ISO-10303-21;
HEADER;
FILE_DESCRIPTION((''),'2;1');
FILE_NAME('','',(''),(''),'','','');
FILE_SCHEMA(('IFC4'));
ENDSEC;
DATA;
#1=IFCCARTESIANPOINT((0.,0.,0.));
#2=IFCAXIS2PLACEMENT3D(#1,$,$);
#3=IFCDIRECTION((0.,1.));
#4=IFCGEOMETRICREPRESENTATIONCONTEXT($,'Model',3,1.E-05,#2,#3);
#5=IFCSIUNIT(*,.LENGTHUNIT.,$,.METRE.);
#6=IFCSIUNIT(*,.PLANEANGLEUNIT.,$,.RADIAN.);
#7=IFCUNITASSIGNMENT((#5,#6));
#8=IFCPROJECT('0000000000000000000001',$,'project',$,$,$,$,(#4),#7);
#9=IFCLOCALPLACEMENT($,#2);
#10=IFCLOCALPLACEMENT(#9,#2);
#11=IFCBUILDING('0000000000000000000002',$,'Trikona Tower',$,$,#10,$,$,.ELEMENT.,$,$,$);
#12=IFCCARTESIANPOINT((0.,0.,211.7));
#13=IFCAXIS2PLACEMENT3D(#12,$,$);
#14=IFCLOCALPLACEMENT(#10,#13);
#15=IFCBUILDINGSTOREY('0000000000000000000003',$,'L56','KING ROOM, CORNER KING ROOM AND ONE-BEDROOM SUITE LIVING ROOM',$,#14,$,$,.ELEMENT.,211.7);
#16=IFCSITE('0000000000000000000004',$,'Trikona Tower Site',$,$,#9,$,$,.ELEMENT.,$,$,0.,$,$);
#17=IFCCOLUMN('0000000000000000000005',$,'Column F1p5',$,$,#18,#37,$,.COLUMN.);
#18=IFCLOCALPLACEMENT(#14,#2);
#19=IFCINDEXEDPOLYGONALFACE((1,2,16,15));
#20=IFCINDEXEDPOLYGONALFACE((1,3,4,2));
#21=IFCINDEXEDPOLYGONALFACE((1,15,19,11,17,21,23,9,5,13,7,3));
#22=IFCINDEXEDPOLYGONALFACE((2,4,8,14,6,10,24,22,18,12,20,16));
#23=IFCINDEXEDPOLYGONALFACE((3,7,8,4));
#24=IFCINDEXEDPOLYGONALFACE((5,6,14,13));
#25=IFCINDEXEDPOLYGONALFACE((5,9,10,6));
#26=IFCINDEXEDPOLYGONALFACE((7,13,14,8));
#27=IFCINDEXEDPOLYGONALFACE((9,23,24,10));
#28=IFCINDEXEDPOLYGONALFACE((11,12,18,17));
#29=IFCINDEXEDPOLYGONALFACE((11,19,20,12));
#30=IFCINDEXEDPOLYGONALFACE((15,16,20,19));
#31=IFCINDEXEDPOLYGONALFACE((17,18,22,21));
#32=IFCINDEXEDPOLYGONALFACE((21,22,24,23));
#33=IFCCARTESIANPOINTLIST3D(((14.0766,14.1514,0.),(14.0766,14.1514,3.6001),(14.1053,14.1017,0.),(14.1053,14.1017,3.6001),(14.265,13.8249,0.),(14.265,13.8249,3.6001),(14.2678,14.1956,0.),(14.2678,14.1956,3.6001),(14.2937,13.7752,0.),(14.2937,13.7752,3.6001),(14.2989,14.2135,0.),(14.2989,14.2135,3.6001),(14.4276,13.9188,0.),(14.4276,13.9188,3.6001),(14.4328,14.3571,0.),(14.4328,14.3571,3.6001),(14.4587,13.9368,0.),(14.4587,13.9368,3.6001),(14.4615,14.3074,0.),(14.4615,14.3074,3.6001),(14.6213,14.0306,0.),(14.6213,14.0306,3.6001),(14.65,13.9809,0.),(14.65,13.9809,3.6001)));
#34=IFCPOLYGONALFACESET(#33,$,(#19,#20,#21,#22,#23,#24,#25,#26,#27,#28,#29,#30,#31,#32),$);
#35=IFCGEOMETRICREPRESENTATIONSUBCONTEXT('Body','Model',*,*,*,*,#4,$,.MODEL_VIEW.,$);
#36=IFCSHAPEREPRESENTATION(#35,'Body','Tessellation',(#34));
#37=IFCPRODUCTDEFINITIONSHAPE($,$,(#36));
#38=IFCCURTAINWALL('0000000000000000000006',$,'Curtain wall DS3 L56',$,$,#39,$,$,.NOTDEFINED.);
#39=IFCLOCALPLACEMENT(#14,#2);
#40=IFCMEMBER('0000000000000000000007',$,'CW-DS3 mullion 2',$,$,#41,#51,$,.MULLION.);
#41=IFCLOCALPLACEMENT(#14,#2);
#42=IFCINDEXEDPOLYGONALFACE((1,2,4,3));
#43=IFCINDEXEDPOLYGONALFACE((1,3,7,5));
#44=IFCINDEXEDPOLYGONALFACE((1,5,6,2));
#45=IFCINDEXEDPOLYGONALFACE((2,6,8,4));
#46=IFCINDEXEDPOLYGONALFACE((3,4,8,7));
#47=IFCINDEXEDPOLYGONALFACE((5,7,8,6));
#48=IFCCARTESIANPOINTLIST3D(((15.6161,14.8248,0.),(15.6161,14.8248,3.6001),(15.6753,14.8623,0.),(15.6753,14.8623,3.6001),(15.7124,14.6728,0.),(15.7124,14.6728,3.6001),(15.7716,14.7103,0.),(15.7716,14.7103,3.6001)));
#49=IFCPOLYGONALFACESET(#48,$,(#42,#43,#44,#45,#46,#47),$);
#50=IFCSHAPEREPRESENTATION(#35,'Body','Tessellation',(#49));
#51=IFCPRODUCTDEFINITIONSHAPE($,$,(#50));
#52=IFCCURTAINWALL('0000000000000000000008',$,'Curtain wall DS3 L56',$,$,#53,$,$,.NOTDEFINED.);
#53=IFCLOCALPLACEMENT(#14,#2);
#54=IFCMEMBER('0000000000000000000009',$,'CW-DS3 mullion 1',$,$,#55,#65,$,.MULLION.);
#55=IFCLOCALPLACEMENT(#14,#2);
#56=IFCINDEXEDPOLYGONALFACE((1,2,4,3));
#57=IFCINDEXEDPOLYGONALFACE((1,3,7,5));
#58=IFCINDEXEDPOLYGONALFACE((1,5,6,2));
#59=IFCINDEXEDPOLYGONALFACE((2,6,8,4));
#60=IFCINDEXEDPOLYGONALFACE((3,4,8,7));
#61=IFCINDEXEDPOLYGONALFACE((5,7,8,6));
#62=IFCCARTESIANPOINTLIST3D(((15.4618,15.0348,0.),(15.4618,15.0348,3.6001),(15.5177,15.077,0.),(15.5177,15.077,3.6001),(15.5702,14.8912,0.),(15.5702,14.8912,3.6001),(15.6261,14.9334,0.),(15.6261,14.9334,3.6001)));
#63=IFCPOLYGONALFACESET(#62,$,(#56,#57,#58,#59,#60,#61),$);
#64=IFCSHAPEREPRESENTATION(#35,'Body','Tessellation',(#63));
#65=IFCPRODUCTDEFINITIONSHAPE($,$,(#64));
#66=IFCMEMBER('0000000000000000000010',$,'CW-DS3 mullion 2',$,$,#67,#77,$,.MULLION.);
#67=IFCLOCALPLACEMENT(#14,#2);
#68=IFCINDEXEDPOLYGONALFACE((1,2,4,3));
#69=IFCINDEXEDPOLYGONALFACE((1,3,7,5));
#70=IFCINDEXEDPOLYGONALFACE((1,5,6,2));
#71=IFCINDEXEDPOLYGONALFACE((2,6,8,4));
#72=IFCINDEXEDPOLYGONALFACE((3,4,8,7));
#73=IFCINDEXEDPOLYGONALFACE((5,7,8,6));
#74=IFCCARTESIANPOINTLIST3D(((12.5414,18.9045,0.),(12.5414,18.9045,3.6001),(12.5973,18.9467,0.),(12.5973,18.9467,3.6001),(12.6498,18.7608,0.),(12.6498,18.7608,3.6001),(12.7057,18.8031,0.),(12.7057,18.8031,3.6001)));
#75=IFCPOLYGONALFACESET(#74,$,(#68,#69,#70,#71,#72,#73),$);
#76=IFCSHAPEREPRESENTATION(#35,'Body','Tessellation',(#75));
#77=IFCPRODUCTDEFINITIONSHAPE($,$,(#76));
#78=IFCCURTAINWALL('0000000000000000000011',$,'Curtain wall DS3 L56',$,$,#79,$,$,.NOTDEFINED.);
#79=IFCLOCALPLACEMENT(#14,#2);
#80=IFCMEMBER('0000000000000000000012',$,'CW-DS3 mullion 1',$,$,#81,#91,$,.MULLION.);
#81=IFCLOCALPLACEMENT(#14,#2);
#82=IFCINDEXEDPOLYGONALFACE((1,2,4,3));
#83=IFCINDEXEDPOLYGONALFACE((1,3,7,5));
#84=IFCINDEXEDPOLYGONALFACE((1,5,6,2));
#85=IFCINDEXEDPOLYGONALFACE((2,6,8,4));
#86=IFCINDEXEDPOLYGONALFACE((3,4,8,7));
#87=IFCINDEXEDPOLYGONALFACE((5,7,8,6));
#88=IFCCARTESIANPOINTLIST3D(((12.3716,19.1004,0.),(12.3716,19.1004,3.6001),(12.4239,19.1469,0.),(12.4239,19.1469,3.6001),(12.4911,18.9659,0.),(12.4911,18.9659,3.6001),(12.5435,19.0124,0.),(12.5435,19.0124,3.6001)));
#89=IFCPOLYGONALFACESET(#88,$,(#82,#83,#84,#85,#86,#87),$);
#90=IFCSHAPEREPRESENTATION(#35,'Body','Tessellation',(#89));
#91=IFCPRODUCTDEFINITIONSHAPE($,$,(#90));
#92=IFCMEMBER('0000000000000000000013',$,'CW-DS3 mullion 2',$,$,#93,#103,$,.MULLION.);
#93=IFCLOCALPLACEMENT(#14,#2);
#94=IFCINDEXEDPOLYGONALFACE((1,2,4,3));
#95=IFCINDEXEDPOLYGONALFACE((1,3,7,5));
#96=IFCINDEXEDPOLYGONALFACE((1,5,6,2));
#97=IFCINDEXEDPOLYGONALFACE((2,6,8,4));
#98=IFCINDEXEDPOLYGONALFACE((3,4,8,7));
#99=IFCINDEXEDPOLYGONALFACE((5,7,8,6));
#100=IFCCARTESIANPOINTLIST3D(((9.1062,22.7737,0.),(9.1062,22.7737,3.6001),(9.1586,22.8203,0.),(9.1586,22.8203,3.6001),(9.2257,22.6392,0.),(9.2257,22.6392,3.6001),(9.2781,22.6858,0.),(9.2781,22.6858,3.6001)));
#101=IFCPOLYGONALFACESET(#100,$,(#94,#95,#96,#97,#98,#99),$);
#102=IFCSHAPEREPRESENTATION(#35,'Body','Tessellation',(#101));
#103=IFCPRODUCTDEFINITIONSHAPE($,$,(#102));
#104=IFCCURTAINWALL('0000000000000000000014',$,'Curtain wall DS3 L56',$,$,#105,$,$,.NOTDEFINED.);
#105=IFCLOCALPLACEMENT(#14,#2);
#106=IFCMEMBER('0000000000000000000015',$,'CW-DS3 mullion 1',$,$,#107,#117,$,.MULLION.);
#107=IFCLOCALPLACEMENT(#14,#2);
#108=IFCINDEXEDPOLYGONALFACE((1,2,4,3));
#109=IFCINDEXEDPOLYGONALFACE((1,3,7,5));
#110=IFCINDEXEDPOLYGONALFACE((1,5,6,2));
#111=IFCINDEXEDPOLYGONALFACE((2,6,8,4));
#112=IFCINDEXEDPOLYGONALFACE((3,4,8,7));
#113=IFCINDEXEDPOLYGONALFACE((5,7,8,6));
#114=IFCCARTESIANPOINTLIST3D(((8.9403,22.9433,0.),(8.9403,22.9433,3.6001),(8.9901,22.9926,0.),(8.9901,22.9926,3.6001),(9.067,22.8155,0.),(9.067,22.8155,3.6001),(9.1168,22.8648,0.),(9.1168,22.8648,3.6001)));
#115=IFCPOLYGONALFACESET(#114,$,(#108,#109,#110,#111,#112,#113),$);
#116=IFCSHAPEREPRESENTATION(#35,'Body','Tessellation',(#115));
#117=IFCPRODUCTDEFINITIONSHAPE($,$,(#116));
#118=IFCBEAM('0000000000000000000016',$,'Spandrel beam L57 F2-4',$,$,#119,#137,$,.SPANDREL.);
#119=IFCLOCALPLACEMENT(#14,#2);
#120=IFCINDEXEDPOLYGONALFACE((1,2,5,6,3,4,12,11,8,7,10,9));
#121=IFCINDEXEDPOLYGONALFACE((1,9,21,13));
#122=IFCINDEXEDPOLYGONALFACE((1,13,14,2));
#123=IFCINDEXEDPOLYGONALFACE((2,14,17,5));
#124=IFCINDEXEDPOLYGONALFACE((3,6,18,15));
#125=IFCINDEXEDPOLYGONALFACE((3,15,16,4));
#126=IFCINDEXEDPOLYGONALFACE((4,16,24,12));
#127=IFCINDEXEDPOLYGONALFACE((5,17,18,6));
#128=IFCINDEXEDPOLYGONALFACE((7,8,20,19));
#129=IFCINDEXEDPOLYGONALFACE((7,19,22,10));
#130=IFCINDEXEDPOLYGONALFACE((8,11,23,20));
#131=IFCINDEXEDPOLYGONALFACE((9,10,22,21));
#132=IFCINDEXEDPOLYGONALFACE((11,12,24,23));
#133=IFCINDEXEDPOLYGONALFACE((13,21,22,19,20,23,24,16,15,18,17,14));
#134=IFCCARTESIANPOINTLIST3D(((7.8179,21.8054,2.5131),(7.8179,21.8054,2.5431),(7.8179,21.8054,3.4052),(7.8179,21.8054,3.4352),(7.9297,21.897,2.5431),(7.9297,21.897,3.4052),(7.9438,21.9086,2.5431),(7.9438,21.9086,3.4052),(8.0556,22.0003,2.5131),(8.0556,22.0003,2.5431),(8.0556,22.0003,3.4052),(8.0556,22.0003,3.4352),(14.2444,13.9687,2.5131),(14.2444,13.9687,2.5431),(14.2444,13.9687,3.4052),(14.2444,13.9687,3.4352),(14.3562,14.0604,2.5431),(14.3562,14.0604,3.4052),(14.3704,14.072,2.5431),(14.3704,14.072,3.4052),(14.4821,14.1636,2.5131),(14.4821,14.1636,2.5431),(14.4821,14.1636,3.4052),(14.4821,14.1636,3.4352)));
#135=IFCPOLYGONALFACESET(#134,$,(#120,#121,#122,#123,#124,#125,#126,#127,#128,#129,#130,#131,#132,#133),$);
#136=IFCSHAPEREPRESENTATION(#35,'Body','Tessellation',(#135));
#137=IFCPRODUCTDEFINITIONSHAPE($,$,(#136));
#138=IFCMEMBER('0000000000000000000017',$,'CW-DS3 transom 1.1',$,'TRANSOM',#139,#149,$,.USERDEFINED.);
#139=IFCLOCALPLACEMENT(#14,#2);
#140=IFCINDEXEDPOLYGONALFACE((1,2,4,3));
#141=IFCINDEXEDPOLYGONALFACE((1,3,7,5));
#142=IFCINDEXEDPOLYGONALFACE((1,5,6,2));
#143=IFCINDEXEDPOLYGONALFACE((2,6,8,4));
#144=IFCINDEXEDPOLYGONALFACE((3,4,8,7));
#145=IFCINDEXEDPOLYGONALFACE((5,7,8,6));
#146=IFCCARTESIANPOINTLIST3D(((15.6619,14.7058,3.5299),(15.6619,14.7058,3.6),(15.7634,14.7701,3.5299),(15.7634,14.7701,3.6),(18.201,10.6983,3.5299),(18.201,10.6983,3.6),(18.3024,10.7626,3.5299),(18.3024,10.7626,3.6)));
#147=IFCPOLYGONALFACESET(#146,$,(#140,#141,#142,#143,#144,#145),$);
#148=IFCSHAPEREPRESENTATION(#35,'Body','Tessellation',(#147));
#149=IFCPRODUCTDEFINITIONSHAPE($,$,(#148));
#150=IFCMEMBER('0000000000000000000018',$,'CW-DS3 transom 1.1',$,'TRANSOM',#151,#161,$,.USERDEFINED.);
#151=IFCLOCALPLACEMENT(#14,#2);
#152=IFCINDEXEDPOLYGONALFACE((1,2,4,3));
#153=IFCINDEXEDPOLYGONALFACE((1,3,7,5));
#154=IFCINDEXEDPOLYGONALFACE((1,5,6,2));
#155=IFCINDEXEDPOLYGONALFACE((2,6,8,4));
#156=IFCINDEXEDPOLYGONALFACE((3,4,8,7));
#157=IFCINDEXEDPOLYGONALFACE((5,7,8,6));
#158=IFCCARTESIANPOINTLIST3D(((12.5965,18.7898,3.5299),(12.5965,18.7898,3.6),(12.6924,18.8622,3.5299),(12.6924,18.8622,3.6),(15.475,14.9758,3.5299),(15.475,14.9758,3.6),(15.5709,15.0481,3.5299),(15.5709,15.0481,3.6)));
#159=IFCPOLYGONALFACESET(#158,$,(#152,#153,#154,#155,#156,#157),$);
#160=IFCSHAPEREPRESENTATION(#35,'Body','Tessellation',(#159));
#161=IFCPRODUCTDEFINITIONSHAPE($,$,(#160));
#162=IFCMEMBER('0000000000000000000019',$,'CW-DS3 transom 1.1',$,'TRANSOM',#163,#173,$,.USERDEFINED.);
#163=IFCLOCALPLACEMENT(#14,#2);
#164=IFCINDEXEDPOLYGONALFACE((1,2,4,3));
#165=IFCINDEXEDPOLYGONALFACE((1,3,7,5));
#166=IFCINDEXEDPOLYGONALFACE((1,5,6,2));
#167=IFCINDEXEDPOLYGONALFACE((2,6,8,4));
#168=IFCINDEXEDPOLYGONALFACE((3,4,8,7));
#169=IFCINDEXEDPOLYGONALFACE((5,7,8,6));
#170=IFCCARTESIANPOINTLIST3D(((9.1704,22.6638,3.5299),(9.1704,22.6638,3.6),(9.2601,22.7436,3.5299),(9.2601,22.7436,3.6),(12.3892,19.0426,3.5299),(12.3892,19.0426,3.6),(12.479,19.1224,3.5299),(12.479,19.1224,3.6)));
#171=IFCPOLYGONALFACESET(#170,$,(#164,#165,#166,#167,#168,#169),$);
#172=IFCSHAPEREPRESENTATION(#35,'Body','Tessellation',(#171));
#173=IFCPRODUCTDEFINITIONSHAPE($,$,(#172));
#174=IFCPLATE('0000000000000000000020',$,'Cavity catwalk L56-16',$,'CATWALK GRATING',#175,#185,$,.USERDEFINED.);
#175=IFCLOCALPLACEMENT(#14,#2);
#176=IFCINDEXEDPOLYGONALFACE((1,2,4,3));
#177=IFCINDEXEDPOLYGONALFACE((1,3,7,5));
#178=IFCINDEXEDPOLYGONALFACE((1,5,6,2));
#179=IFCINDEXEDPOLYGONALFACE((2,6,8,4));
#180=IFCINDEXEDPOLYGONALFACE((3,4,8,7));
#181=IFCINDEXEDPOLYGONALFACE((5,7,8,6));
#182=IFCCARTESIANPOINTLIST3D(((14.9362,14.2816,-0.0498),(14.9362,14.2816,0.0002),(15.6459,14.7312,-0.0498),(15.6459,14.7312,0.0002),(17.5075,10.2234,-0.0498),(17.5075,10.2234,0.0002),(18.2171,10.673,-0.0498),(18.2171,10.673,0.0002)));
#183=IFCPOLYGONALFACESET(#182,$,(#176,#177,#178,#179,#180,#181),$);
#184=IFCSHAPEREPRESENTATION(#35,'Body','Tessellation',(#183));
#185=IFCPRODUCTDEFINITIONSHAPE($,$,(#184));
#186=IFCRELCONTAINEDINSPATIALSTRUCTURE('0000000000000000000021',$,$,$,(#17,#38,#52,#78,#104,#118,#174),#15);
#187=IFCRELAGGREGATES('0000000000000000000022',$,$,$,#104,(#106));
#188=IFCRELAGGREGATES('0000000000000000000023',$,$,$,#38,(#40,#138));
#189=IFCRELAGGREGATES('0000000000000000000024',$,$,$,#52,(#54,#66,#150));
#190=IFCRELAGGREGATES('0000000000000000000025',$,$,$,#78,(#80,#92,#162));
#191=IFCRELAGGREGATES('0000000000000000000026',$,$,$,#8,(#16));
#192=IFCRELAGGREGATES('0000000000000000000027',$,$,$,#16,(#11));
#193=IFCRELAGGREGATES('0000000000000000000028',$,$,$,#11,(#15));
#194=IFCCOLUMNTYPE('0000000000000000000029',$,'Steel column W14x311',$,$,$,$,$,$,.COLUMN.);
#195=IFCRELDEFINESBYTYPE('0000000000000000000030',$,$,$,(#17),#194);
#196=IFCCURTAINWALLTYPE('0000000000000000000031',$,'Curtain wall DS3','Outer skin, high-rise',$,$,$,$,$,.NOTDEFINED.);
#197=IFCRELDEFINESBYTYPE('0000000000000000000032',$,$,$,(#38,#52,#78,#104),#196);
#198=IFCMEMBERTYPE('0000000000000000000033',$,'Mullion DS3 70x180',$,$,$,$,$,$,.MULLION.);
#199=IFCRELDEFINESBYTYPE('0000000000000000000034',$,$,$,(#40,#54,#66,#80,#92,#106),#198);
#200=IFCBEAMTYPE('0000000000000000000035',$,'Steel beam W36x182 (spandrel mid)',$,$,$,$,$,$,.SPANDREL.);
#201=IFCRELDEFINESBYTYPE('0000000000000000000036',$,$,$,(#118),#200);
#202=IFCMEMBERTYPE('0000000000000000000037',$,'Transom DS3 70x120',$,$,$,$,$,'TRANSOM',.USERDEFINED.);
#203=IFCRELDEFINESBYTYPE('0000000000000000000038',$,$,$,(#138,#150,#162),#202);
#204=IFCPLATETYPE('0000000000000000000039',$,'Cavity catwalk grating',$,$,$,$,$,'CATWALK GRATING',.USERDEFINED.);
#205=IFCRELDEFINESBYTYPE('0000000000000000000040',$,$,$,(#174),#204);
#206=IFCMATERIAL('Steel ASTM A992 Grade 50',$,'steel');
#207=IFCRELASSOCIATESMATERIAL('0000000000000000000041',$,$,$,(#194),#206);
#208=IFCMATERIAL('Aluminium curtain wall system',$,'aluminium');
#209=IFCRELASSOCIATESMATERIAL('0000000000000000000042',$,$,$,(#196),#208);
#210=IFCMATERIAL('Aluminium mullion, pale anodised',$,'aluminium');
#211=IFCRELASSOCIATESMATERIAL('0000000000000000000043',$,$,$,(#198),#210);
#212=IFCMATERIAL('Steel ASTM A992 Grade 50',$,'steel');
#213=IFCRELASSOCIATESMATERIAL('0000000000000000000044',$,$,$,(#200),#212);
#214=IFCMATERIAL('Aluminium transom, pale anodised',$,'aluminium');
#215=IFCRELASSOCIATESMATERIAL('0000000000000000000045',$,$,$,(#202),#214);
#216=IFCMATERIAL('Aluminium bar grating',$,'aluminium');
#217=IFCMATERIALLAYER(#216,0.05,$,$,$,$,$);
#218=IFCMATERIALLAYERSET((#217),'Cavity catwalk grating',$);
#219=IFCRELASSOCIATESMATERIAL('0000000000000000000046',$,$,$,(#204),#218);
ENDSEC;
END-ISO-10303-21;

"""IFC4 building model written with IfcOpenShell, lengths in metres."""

from ifc_helpers import new_model, si_unit, direction, frame, origin, origin_2d, place, context, subcontext, project, spatial, rectangle, i_section, extrude, material, layer, layer_set, material_profile, profile_set, type_object, element, aggregate, save


model = new_model("IFC4")

# Units and contexts
model_context = context("Model", 3, precision=1e-05, world=origin(), true_north=direction((0.0, 1.0)))
body_context = subcontext(model_context, "Body", "Model", "MODEL_VIEW")
ifc_project = project(units=[si_unit("LENGTHUNIT", "METRE"), si_unit("PLANEANGLEUNIT", "RADIAN")], contexts=[model_context])

# Site, building, storey
site_placement = place(None, origin())
site = spatial("IfcSite", under=ifc_project, at=site_placement, Name="Trikona Tower Site", CompositionType="ELEMENT", RefElevation=0.0)
building_placement = place(site_placement, origin())
building = spatial("IfcBuilding", under=site, at=building_placement, Name="Trikona Tower", CompositionType="ELEMENT")
storey_placement = place(building_placement, frame((0.0, 0.0, 211.7)))
storey = spatial("IfcBuildingStorey", under=building, at=storey_placement, Name="L56", Description="KING ROOM, CORNER KING ROOM AND ONE-BEDROOM SUITE LIVING ROOM", CompositionType="ELEMENT", Elevation=211.7)

# Column
ifc_material_1 = material(Name="Steel ASTM A992 Grade 50", Category="steel")
ifc_material_profile_1 = material_profile(ifc_material_1, i_section(OverallWidth=0.4114, OverallDepth=0.4343, WebThickness=0.0359, FlangeThickness=0.0574, at=origin_2d()), Name="W14X311")
ifc_profile_set_1 = profile_set([ifc_material_profile_1], Name="Steel ASTM A992 Grade 50")
column_type = type_object("IfcColumnType", Name="Steel column W14x311", PredefinedType="COLUMN", material=ifc_profile_set_1)
column_placement = place(storey_placement, frame((14.3633, 14.0662, 0.0), z_axis=(0.0, 0.0, 1.0), x_axis=(0.866025, 0.5, 0.0)))
element("IfcColumn", 1, at=column_placement, inside=storey, type_object=column_type, Name="Column F1p5", PredefinedType="COLUMN", context=body_context, shape_type="SweptSolid", body=[
    extrude(i_section(OverallWidth=0.4114, OverallDepth=0.4343, WebThickness=0.0359, FlangeThickness=0.0574, at=origin_2d()), origin(), (0.0, 0.0, 1.0), 3.6001),
])

# Curtain wall, member
ifc_material_2 = material(Name="Aluminium curtain wall system", Category="aluminium")
curtain_wall_type = type_object("IfcCurtainWallType", Name="Curtain wall DS3", Description="Outer skin, high-rise", PredefinedType="NOTDEFINED", material=ifc_material_2)
curtain_wall_1_placement = place(storey_placement, origin())
curtain_wall_1 = element("IfcCurtainWall", 2, at=curtain_wall_1_placement, inside=storey, type_object=curtain_wall_type, Name="Curtain wall DS3 L56", PredefinedType="NOTDEFINED")
ifc_material_3 = material(Name="Aluminium mullion, pale anodised", Category="aluminium")
ifc_material_profile_2 = material_profile(ifc_material_3, rectangle(XDim=0.0701, YDim=0.1799, at=origin_2d()), Name="MUL-DS3")
ifc_profile_set_2 = profile_set([ifc_material_profile_2], Name="Aluminium mullion, pale anodised")
member_type_1 = type_object("IfcMemberType", Name="Mullion DS3 70x180", PredefinedType="MULLION", material=ifc_profile_set_2)
member_1_placement = place(storey_placement, frame((15.6938, 14.7676, 0.0), z_axis=(0.0, 0.0, 1.0), x_axis=(-0.844727, -0.535197, 0.0)))
member_1 = element("IfcMember", 3, at=member_1_placement, type_object=member_type_1, Name="CW-DS3 mullion 2", PredefinedType="MULLION", context=body_context, shape_type="SweptSolid", body=[
    extrude(rectangle(XDim=0.0701, YDim=0.1799, at=origin_2d()), origin(), (0.0, 0.0, 1.0), 3.6001),
])

# Curtain walls, members
curtain_wall_2_placement = place(storey_placement, origin())
curtain_wall_2 = element("IfcCurtainWall", 4, at=curtain_wall_2_placement, inside=storey, type_object=curtain_wall_type, Name="Curtain wall DS3 L56", PredefinedType="NOTDEFINED")
member_2_placement = place(storey_placement, frame((15.5439, 14.9841, 0.0), z_axis=(0.0, 0.0, 1.0), x_axis=(-0.798193, -0.602402, 0.0)))
member_2 = element("IfcMember", 5, at=member_2_placement, type_object=member_type_1, Name="CW-DS3 mullion 1", PredefinedType="MULLION", context=body_context, shape_type="SweptSolid", body=[
    extrude(rectangle(XDim=0.0701, YDim=0.1799, at=origin_2d()), origin(), (0.0, 0.0, 1.0), 3.6001),
])
member_3_placement = place(storey_placement, frame((12.6235, 18.8538, 0.0), z_axis=(0.0, 0.0, 1.0), x_axis=(-0.798193, -0.602402, 0.0)))
member_3 = element("IfcMember", 6, at=member_3_placement, type_object=member_type_1, Name="CW-DS3 mullion 2", PredefinedType="MULLION", context=body_context, shape_type="SweptSolid", body=[
    extrude(rectangle(XDim=0.0701, YDim=0.1799, at=origin_2d()), origin(), (0.0, 0.0, 1.0), 3.6001),
])
curtain_wall_3_placement = place(storey_placement, origin())
curtain_wall_3 = element("IfcCurtainWall", 7, at=curtain_wall_3_placement, inside=storey, type_object=curtain_wall_type, Name="Curtain wall DS3 L56", PredefinedType="NOTDEFINED")
member_4_placement = place(storey_placement, frame((12.4575, 19.0564, 0.0), z_axis=(0.0, 0.0, 1.0), x_axis=(-0.747403, -0.664371, 0.0)))
member_4 = element("IfcMember", 8, at=member_4_placement, type_object=member_type_1, Name="CW-DS3 mullion 1", PredefinedType="MULLION", context=body_context, shape_type="SweptSolid", body=[
    extrude(rectangle(XDim=0.0701, YDim=0.1799, at=origin_2d()), origin(), (0.0, 0.0, 1.0), 3.6001),
])
member_5_placement = place(storey_placement, frame((9.1921, 22.7297, 0.0), z_axis=(0.0, 0.0, 1.0), x_axis=(-0.747403, -0.664371, 0.0)))
member_5 = element("IfcMember", 9, at=member_5_placement, type_object=member_type_1, Name="CW-DS3 mullion 2", PredefinedType="MULLION", context=body_context, shape_type="SweptSolid", body=[
    extrude(rectangle(XDim=0.0701, YDim=0.1799, at=origin_2d()), origin(), (0.0, 0.0, 1.0), 3.6001),
])

# Curtain wall, member
curtain_wall_4_placement = place(storey_placement, origin())
curtain_wall_4 = element("IfcCurtainWall", 10, at=curtain_wall_4_placement, inside=storey, type_object=curtain_wall_type, Name="Curtain wall DS3 L56", PredefinedType="NOTDEFINED")
member_6_placement = place(storey_placement, frame((9.0286, 22.9041, 0.0), z_axis=(0.0, 0.0, 1.0), x_axis=(-0.710052, -0.704149, 0.0)))
member_6 = element("IfcMember", 11, at=member_6_placement, type_object=member_type_1, Name="CW-DS3 mullion 1", PredefinedType="MULLION", context=body_context, shape_type="SweptSolid", body=[
    extrude(rectangle(XDim=0.0701, YDim=0.1799, at=origin_2d()), origin(), (0.0, 0.0, 1.0), 3.6001),
])
aggregate(curtain_wall_4, [member_6])

# Beam
ifc_material_4 = material(Name="Steel ASTM A992 Grade 50", Category="steel")
ifc_material_profile_3 = material_profile(ifc_material_4, i_section(OverallWidth=0.3074, OverallDepth=0.9221, WebThickness=0.0183, FlangeThickness=0.03, at=origin_2d()), Name="W36X182")
ifc_profile_set_3 = profile_set([ifc_material_profile_3], Name="Steel ASTM A992 Grade 50")
beam_type = type_object("IfcBeamType", Name="Steel beam W36x182 (spandrel mid)", PredefinedType="SPANDREL", material=ifc_profile_set_3)
beam_placement = place(storey_placement, frame((14.3633, 14.0662, 2.9741), z_axis=(-0.634106, 0.773246, 0.0), x_axis=(-0.773246, -0.634106, 0.0)))
element("IfcBeam", 12, at=beam_placement, inside=storey, type_object=beam_type, Name="Spandrel beam L57 F2-4", PredefinedType="SPANDREL", context=body_context, shape_type="SweptSolid", body=[
    extrude(i_section(OverallWidth=0.3074, OverallDepth=0.9221, WebThickness=0.0183, FlangeThickness=0.03, at=origin_2d()), origin(), (0.0, 0.0, 1.0), 10.1348),
])

# Members
ifc_material_5 = material(Name="Aluminium transom, pale anodised", Category="aluminium")
ifc_material_profile_4 = material_profile(ifc_material_5, rectangle(XDim=0.1201, YDim=0.0701, at=origin_2d()), Name="TRN-DS3")
ifc_profile_set_4 = profile_set([ifc_material_profile_4], Name="Aluminium transom, pale anodised")
member_type_2 = type_object("IfcMemberType", Name="Transom DS3 70x120", ElementType="TRANSOM", PredefinedType="USERDEFINED", material=ifc_profile_set_4)
member_7_placement = place(storey_placement, frame((18.2517, 10.7305, 3.5649), z_axis=(-0.535193, 0.84473, 0.0), x_axis=(-0.84473, -0.535193, 0.0)))
member_7 = element("IfcMember", 13, at=member_7_placement, type_object=member_type_2, Name="CW-DS3 transom 1.1", ObjectType="TRANSOM", PredefinedType="USERDEFINED", context=body_context, shape_type="SweptSolid", body=[
    extrude(rectangle(XDim=0.1201, YDim=0.0701, at=origin_2d()), origin(), (0.0, 0.0, 1.0), 4.7441),
])
member_8_placement = place(storey_placement, frame((15.5229, 15.012, 3.5649), z_axis=(-0.602401, 0.798194, 0.0), x_axis=(-0.798194, -0.602401, 0.0)))
member_8 = element("IfcMember", 14, at=member_8_placement, type_object=member_type_2, Name="CW-DS3 transom 1.1", ObjectType="TRANSOM", PredefinedType="USERDEFINED", context=body_context, shape_type="SweptSolid", body=[
    extrude(rectangle(XDim=0.1201, YDim=0.0701, at=origin_2d()), origin(), (0.0, 0.0, 1.0), 4.7783),
])
member_9_placement = place(storey_placement, frame((12.4341, 19.0825, 3.5649), z_axis=(-0.664364, 0.747409, 0.0), x_axis=(-0.747409, -0.664364, 0.0)))
member_9 = element("IfcMember", 15, at=member_9_placement, type_object=member_type_2, Name="CW-DS3 transom 1.1", ObjectType="TRANSOM", PredefinedType="USERDEFINED", context=body_context, shape_type="SweptSolid", body=[
    extrude(rectangle(XDim=0.1201, YDim=0.0701, at=origin_2d()), origin(), (0.0, 0.0, 1.0), 4.845),
])

# Plate
ifc_material_6 = material(Name="Aluminium bar grating", Category="aluminium")
ifc_layer_1 = layer(ifc_material_6, 0.05)
ifc_layer_set_1 = layer_set([ifc_layer_1], Name="Cavity catwalk grating")
plate_type_1 = type_object("IfcPlateType", Name="Cavity catwalk grating", ElementType="CATWALK GRATING", PredefinedType="USERDEFINED", material=ifc_layer_set_1)
plate_1_placement = place(storey_placement, frame((16.5767, 12.4773, -0.0498), z_axis=(0.0, 0.0, 1.0), x_axis=(-0.535205, 0.844722, 0.0)))
element("IfcPlate", 16, at=plate_1_placement, inside=storey, type_object=plate_type_1, Name="Cavity catwalk L56-16", ObjectType="CATWALK GRATING", PredefinedType="USERDEFINED", context=body_context, shape_type="SweptSolid", body=[
    extrude(rectangle(XDim=4.8042, YDim=0.8401, at=origin_2d()), origin(), (0.0, 0.0, 1.0), 0.05),
])

aggregate(curtain_wall_1, [member_1, member_7])
aggregate(curtain_wall_2, [member_2, member_3, member_8])
aggregate(curtain_wall_3, [member_4, member_5, member_9])

save(model, "model.ifc")
